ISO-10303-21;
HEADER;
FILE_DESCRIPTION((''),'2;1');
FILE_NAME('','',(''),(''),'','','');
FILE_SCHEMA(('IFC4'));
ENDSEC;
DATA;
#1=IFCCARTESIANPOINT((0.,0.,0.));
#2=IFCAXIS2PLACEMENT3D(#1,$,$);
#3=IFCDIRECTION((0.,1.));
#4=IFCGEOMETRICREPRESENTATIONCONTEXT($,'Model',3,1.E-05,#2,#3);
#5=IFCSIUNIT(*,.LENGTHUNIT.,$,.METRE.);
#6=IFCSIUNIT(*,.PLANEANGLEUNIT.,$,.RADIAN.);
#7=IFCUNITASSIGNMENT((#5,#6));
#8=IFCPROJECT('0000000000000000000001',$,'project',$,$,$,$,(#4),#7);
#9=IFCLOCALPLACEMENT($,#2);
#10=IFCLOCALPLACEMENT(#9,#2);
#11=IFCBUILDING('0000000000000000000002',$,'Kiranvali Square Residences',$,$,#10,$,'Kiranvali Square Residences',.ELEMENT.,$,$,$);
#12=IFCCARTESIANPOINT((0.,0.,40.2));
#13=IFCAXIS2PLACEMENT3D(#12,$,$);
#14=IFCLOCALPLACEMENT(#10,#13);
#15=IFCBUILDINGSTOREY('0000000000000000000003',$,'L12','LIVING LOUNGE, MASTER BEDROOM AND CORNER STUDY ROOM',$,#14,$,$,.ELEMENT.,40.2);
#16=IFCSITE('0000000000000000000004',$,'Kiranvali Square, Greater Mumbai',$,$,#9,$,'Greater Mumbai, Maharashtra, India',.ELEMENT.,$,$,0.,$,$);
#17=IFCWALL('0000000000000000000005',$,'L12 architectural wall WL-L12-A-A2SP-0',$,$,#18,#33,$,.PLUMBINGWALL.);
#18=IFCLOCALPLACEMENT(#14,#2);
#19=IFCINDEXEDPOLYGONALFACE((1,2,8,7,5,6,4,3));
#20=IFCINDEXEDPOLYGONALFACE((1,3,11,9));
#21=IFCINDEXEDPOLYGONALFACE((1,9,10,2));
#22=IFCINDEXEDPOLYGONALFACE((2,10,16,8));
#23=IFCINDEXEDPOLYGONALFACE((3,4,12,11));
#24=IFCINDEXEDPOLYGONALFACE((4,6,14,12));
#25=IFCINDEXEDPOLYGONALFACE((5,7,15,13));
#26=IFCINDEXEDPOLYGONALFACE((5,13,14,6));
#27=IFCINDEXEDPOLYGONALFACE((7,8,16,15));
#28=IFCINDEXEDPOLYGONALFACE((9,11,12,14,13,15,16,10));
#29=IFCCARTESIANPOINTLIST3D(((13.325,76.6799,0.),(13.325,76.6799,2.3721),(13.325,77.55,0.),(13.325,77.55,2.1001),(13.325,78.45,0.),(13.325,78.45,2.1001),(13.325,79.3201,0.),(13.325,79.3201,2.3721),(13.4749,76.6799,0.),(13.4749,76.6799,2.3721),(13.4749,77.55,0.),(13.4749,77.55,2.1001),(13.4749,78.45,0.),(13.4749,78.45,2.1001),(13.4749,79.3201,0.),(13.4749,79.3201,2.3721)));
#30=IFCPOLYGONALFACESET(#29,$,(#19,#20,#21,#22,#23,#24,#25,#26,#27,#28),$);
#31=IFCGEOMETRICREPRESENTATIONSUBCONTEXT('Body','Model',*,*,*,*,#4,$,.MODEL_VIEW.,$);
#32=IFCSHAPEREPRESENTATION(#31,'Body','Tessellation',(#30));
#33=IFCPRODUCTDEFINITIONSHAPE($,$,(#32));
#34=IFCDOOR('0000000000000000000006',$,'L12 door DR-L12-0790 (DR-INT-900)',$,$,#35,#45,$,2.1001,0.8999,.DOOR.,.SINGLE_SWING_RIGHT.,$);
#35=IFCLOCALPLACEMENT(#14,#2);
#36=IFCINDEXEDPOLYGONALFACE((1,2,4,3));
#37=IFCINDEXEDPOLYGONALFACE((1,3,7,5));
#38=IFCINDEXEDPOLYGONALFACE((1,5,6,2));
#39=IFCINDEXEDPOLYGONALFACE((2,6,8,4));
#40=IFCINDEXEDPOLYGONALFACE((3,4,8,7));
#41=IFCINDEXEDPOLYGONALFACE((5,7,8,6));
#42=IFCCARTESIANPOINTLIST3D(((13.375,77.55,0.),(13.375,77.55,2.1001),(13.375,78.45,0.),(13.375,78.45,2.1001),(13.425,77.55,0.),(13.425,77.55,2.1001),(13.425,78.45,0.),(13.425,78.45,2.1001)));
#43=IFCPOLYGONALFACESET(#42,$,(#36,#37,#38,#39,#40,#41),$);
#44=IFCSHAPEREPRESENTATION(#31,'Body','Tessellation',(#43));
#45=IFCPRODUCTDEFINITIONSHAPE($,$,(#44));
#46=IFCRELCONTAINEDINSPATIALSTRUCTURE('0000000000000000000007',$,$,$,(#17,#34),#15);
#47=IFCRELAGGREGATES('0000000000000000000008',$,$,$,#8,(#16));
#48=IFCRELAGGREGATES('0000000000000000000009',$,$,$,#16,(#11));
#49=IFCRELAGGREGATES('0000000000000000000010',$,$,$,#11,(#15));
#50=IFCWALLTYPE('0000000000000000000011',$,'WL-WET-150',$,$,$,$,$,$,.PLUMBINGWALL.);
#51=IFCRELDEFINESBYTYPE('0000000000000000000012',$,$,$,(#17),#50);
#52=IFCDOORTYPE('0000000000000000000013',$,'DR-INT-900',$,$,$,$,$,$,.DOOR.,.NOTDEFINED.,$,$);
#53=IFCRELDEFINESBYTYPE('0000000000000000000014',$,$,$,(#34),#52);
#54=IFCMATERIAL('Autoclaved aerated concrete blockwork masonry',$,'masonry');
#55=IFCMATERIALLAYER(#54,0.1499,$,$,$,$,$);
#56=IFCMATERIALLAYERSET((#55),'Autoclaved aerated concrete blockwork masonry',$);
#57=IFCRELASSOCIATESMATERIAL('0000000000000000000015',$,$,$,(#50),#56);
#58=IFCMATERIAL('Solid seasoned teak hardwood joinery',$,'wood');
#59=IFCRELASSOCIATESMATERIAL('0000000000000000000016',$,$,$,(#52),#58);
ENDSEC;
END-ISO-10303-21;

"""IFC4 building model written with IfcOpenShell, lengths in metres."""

from ifc_helpers import new_model, si_unit, direction, frame, frame_2d, origin, place, context, subcontext, project, spatial, rectangle, extrude, material, layer, layer_set, type_object, element, fill, save


model = new_model("IFC4")

# Units and contexts
model_context = context("Model", 3, precision=1e-05, world=origin(), true_north=direction((0.0, 1.0)))
body_context = subcontext(model_context, "Body", "Model", "MODEL_VIEW")
ifc_project = project(units=[si_unit("LENGTHUNIT", "METRE"), si_unit("PLANEANGLEUNIT", "RADIAN")], contexts=[model_context])

# Site, building, storey
site_placement = place(None, origin())
site = spatial("IfcSite", under=ifc_project, at=site_placement, Name="Kiranvali Square, Greater Mumbai", LongName="Greater Mumbai, Maharashtra, India", CompositionType="ELEMENT", RefElevation=0.0)
building_placement = place(site_placement, origin())
building = spatial("IfcBuilding", under=site, at=building_placement, Name="Kiranvali Square Residences", LongName="Kiranvali Square Residences", CompositionType="ELEMENT")
storey_placement = place(building_placement, frame((0.0, 0.0, 40.2)))
storey = spatial("IfcBuildingStorey", under=building, at=storey_placement, Name="L12", Description="LIVING LOUNGE, MASTER BEDROOM AND CORNER STUDY ROOM", CompositionType="ELEMENT", Elevation=40.2)

# Wall, opening, door
ifc_material_1 = material(Name="Autoclaved aerated concrete blockwork masonry", Category="masonry")
ifc_layer_1 = layer(ifc_material_1, 0.1499)
ifc_layer_set_1 = layer_set([ifc_layer_1], Name="Autoclaved aerated concrete blockwork masonry")
wall_type_1 = type_object("IfcWallType", Name="WL-WET-150", PredefinedType="PLUMBINGWALL", material=ifc_layer_set_1)
wall_1_placement = place(storey_placement, frame((13.3999, 79.3201, 0.0), z_axis=(0.0, 0.0, 1.0), x_axis=(0.0, -1.0, 0.0)))
wall_1 = element("IfcWall", 1, at=wall_1_placement, inside=storey, type_object=wall_type_1, Name="L12 architectural wall WL-L12-A-A2SP-0", PredefinedType="PLUMBINGWALL", context=body_context, shape_type="SweptSolid", body=[
    extrude(rectangle(XDim=2.6401, YDim=0.1499, at=frame_2d((1.3201, 0.0))), origin(), (0.0, 0.0, 1.0), 2.3721),
])
opening_1_placement = place(wall_1_placement, frame((0.8701, 0.0, 0.0)))
opening_1 = element("IfcOpeningElement", 2, at=opening_1_placement, cuts=wall_1, PredefinedType="OPENING", context=body_context, shape_type="SweptSolid", body=[
    extrude(rectangle(XDim=0.8999, YDim=2.1001, at=frame_2d((0.45, 1.05))), frame((0.0, 0.085, 0.0), z_axis=(0.0, -1.0, 0.0), x_axis=(1.0, 0.0, 0.0)), (0.0, 0.0, 1.0), 0.1699),
])
ifc_material_2 = material(Name="Solid seasoned teak hardwood joinery", Category="wood")
door_type = type_object("IfcDoorType", Name="DR-INT-900", OperationType="NOTDEFINED", PredefinedType="DOOR", material=ifc_material_2)
door_placement = place(opening_1_placement, frame((0.8999, 0.0, 0.0), z_axis=(0.0, 0.0, 1.0), x_axis=(-1.0, 0.0, 0.0)))
door = element("IfcDoor", 3, at=door_placement, inside=storey, type_object=door_type, Name="L12 door DR-L12-0790 (DR-INT-900)", OperationType="SINGLE_SWING_RIGHT", OverallHeight=2.1001, OverallWidth=0.8999, PredefinedType="DOOR", context=body_context, shape_type="SweptSolid", body=[
    extrude(rectangle(XDim=0.8999, YDim=2.1001, at=frame_2d((0.45, 1.05))), frame((0.0, 0.0249, 0.0), z_axis=(0.0, -1.0, 0.0), x_axis=(1.0, 0.0, 0.0)), (0.0, 0.0, 1.0), 0.05),
])
fill(opening_1, door)

save(model, "model.ifc")
